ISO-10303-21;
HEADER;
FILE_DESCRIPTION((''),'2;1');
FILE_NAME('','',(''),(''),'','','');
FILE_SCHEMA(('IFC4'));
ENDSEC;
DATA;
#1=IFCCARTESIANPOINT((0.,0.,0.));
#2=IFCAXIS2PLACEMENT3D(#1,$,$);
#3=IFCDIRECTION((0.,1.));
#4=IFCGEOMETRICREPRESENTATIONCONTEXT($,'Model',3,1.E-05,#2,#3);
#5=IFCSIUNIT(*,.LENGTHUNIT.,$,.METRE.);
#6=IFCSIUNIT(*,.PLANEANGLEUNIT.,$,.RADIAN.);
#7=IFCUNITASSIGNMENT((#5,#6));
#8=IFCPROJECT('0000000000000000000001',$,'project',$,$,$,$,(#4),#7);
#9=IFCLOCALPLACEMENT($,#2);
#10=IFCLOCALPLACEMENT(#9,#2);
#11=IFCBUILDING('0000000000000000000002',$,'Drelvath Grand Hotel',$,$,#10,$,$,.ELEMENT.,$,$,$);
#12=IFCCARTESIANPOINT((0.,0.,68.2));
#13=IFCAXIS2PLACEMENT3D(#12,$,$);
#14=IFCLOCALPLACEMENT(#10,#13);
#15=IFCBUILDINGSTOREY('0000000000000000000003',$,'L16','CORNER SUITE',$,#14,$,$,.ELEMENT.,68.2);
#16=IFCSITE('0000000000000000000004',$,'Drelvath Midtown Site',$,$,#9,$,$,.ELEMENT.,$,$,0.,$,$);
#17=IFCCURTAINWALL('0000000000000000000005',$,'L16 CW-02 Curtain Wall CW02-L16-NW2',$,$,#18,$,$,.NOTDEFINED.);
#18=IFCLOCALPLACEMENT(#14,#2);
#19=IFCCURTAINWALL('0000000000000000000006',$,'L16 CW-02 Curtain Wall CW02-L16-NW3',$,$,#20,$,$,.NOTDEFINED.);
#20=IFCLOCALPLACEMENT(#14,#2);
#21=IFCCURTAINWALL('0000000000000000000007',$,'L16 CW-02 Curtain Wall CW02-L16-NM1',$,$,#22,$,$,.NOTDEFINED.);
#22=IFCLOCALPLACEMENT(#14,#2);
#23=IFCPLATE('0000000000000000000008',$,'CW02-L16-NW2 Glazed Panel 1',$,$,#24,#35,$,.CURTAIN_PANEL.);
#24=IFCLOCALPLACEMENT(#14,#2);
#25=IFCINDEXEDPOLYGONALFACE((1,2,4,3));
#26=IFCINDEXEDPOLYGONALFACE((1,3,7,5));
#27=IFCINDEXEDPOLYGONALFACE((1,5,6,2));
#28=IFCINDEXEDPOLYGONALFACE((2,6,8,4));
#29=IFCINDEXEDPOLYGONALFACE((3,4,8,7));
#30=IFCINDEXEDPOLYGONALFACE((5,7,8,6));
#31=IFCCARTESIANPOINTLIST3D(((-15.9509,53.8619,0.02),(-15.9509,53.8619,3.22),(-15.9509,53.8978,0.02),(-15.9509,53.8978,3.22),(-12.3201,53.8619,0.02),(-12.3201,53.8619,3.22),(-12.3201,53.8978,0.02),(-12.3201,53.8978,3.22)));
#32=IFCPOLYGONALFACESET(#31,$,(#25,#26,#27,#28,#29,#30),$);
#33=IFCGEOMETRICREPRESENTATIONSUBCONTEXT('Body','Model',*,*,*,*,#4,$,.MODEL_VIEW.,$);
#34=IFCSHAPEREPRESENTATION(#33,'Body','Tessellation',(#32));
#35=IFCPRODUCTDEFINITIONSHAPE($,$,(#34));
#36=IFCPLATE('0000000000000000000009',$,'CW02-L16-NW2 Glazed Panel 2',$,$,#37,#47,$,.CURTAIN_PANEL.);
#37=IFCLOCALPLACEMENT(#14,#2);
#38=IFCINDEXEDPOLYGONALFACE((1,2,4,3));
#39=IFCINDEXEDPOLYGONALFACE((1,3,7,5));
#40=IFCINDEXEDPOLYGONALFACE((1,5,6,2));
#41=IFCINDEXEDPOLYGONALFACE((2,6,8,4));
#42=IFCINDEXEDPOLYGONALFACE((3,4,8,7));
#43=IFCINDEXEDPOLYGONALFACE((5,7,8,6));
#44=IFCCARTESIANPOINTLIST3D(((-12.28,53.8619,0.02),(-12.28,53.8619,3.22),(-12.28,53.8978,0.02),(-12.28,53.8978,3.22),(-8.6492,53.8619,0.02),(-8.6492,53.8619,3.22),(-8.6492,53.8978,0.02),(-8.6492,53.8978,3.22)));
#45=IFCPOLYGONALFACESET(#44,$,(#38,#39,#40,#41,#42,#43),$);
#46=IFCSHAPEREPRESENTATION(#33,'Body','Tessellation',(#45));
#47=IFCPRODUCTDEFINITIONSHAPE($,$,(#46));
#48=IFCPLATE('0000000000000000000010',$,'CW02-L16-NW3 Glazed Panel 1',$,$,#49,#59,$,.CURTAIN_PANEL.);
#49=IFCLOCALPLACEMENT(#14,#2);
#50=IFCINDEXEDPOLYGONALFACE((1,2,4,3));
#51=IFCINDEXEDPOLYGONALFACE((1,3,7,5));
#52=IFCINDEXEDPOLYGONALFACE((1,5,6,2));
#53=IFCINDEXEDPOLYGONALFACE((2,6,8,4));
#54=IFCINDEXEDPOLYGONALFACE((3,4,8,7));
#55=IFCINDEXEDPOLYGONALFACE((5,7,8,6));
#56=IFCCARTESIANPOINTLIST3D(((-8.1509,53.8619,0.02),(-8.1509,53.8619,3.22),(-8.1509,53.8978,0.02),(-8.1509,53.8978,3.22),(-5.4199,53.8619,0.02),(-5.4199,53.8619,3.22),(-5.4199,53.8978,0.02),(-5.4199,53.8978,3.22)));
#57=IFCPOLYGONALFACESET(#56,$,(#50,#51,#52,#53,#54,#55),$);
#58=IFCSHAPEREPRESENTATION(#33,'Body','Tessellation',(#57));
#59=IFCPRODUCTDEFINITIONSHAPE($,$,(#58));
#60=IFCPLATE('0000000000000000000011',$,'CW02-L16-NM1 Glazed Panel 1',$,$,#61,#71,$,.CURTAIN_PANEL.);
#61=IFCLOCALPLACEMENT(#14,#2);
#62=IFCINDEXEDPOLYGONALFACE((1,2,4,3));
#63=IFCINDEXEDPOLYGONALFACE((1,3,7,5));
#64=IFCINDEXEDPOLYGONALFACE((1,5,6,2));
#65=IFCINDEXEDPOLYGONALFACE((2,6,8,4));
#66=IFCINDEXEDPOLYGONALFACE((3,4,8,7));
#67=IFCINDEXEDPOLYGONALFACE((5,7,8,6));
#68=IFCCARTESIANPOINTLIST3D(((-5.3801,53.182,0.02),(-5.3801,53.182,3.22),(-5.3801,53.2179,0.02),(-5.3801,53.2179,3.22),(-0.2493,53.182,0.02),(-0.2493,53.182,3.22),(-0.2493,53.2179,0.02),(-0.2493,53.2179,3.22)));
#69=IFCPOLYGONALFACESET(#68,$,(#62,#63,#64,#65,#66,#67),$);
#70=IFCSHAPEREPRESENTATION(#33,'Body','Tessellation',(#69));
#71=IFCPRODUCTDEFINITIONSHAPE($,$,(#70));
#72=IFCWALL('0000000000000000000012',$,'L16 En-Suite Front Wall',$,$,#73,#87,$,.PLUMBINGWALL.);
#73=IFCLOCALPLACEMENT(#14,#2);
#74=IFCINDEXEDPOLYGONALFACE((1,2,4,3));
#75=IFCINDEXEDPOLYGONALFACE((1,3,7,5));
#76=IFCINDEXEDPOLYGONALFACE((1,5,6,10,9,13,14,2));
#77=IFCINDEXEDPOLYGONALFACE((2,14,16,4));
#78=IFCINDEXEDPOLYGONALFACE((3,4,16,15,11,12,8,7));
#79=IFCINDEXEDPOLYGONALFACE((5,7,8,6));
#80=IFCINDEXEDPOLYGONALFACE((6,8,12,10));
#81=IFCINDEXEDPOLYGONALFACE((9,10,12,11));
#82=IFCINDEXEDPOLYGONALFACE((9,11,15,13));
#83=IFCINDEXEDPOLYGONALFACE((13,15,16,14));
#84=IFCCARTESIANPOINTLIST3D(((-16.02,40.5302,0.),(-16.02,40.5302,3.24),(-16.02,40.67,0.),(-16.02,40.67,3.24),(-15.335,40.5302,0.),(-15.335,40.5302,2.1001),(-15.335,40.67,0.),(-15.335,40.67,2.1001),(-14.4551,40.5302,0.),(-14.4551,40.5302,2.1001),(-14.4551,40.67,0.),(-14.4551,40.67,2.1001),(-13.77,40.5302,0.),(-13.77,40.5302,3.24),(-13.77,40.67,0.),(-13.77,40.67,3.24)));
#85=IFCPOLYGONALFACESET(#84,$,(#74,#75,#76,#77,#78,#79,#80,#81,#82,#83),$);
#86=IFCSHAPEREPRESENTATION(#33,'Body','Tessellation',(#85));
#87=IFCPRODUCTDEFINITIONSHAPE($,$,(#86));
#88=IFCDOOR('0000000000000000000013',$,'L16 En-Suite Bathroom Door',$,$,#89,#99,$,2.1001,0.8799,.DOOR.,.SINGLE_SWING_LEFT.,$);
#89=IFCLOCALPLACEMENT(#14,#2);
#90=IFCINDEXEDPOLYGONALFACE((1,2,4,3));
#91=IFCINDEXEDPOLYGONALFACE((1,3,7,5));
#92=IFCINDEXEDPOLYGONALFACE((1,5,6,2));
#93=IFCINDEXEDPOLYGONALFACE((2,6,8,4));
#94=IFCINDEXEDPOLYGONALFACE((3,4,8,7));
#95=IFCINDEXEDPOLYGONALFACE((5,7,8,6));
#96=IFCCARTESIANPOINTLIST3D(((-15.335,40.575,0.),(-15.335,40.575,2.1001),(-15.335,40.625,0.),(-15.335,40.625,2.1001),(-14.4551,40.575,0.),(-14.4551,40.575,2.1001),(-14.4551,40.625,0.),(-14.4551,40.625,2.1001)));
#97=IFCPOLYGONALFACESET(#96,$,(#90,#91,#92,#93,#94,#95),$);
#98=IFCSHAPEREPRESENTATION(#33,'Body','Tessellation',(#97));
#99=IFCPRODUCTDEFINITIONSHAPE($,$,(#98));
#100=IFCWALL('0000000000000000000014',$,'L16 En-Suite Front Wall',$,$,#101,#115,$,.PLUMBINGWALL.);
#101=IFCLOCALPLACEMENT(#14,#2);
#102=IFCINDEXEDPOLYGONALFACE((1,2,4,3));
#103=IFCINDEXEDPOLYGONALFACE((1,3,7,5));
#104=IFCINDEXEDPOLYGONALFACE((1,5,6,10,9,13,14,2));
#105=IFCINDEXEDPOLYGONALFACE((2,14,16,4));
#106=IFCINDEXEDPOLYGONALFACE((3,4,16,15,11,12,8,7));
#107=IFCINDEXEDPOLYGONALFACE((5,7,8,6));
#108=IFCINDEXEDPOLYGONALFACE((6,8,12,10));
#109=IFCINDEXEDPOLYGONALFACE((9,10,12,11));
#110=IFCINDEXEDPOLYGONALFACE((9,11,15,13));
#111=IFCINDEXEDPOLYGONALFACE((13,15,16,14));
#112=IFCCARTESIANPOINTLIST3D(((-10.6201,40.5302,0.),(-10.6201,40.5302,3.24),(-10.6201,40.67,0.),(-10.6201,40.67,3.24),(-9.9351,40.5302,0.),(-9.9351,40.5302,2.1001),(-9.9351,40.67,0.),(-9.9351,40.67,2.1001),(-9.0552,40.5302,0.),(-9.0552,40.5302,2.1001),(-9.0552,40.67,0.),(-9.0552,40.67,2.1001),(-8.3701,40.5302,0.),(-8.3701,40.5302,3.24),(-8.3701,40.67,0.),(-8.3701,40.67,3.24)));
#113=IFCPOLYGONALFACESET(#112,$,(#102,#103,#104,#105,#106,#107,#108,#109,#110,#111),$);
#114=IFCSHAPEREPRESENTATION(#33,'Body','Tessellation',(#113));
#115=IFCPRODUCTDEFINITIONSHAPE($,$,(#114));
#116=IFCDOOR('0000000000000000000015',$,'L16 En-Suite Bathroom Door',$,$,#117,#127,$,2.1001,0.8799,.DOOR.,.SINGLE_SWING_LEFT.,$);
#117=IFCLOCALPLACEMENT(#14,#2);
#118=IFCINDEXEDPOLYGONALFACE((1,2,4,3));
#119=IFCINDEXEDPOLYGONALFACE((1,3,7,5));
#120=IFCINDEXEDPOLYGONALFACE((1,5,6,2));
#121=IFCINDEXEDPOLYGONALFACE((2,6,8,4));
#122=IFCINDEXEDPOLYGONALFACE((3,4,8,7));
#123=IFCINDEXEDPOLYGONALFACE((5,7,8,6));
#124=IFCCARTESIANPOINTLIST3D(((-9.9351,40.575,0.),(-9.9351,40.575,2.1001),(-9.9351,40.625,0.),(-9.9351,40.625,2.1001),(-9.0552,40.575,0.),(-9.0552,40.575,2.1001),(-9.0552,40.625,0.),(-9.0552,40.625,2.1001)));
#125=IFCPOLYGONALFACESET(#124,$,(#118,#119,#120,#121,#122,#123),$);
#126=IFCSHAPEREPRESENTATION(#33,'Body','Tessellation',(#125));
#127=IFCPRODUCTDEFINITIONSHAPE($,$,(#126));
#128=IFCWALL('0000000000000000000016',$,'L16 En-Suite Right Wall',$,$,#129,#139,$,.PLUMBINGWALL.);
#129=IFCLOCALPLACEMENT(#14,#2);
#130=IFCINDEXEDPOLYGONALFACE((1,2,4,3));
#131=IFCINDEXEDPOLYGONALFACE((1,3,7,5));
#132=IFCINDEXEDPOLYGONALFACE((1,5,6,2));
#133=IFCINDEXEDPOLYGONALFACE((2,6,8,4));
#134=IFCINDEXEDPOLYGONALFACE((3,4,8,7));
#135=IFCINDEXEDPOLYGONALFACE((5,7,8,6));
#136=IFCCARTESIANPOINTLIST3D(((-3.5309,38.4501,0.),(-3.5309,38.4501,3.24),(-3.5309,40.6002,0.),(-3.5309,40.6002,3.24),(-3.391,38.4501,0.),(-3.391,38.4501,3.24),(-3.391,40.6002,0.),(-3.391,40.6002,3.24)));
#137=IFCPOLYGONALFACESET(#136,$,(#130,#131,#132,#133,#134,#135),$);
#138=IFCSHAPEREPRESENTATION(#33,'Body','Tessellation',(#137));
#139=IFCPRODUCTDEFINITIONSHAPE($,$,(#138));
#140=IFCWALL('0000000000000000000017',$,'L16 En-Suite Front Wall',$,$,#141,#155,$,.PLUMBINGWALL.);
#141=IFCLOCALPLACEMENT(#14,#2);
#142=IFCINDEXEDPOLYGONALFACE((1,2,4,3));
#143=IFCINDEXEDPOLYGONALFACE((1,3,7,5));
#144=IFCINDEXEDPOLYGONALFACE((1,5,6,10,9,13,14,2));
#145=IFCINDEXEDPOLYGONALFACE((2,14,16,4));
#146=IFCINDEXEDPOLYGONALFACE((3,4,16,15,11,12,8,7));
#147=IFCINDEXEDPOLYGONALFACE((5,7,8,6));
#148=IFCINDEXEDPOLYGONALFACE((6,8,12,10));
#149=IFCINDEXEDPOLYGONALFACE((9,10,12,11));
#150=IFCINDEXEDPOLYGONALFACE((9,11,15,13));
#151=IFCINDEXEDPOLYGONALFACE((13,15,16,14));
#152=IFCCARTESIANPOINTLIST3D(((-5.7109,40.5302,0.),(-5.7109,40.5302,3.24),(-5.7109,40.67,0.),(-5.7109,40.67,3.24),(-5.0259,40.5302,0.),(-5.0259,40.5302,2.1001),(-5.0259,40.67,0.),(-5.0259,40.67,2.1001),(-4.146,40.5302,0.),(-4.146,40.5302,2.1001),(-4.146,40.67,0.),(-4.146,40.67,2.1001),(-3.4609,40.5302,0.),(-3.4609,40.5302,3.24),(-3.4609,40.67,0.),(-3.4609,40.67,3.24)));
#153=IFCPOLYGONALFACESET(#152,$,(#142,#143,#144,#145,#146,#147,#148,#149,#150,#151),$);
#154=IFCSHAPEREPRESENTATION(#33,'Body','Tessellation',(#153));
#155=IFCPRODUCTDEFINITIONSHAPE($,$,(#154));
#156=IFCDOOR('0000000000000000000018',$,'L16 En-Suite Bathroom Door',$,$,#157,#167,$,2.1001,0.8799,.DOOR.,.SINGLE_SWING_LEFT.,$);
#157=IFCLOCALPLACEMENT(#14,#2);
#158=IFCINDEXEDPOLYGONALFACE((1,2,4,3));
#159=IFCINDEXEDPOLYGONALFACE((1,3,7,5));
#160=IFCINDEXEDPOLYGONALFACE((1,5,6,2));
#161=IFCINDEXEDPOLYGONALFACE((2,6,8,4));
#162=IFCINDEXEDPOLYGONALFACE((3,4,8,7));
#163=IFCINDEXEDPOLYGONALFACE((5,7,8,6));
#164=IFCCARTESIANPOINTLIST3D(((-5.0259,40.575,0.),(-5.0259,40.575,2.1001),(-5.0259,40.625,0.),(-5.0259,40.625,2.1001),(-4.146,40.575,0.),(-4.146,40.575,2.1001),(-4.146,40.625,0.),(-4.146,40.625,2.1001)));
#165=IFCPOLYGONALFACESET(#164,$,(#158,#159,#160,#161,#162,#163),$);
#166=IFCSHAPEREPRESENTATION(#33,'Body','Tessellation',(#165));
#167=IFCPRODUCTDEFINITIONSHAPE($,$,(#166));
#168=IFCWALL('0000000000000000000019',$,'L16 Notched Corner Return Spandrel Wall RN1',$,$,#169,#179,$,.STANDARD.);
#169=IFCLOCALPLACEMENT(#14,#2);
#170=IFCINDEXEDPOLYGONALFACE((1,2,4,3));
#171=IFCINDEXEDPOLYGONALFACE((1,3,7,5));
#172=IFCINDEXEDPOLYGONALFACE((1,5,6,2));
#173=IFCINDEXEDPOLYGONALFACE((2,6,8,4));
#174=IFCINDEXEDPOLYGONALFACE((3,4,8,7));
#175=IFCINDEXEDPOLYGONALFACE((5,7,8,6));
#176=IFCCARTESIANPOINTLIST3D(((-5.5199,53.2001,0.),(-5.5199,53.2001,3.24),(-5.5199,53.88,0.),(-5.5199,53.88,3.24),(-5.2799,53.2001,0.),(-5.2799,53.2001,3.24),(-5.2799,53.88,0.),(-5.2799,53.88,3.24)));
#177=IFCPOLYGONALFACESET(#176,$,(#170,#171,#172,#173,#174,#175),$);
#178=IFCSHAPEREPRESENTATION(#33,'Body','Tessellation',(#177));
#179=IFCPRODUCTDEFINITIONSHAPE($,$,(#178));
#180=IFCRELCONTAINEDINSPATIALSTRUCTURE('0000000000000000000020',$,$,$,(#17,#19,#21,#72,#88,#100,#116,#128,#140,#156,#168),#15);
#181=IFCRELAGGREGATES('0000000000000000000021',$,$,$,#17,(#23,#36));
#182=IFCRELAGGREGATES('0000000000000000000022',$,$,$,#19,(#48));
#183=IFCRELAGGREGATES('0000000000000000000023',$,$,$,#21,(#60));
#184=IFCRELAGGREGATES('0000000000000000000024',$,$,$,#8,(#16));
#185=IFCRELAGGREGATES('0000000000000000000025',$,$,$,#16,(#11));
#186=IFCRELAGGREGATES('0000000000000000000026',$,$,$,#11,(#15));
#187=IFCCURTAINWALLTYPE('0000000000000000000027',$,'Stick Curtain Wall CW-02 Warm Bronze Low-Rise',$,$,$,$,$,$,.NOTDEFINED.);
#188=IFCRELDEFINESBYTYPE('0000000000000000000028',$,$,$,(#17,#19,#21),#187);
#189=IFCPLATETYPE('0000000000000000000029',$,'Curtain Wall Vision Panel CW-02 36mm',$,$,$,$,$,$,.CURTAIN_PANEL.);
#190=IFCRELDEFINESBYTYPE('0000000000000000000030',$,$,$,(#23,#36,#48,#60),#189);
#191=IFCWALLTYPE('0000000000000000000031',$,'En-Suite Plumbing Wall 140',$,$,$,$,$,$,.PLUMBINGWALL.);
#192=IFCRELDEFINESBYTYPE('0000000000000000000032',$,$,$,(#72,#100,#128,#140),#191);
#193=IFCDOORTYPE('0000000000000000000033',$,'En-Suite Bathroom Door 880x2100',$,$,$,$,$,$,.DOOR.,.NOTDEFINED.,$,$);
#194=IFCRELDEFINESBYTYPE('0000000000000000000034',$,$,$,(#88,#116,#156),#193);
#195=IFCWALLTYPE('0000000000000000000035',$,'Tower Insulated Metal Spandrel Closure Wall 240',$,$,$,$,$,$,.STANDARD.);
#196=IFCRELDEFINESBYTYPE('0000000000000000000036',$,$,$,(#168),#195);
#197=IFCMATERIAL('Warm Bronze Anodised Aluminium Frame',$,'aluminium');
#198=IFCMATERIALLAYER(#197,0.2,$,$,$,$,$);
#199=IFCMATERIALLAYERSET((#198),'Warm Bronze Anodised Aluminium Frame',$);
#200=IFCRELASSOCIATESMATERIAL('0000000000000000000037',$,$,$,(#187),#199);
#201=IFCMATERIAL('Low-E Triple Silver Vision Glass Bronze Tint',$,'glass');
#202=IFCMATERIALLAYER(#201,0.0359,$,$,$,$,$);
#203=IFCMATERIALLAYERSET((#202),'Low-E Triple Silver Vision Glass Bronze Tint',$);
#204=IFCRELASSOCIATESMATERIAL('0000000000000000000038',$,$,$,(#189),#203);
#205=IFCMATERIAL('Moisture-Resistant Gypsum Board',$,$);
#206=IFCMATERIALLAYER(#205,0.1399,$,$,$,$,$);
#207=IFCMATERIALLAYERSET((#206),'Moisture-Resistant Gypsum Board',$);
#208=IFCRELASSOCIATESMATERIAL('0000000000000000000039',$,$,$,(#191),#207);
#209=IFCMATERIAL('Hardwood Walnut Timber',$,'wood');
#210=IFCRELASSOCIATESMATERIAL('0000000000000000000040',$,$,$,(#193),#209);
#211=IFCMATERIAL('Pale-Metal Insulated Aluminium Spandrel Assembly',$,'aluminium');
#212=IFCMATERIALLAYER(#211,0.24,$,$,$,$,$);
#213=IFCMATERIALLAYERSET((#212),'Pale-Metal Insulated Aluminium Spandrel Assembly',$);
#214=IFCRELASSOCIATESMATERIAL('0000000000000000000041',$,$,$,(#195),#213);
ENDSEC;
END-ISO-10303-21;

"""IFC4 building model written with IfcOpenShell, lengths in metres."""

from ifc_helpers import new_model, si_unit, direction, frame, frame_2d, origin, origin_2d, place, context, subcontext, project, spatial, rectangle, extrude, material, layer, layer_set, type_object, element, fill, aggregate, save


model = new_model("IFC4")

# Units and contexts
model_context = context("Model", 3, precision=1e-05, world=origin(), true_north=direction((0.0, 1.0)))
body_context = subcontext(model_context, "Body", "Model", "MODEL_VIEW")
ifc_project = project(units=[si_unit("LENGTHUNIT", "METRE"), si_unit("PLANEANGLEUNIT", "RADIAN")], contexts=[model_context])

# Site, building, storey
site_placement = place(None, origin())
site = spatial("IfcSite", under=ifc_project, at=site_placement, Name="Drelvath Midtown Site", CompositionType="ELEMENT", RefElevation=0.0)
building_placement = place(site_placement, origin())
building = spatial("IfcBuilding", under=site, at=building_placement, Name="Drelvath Grand Hotel", CompositionType="ELEMENT")
storey_placement = place(building_placement, frame((0.0, 0.0, 68.2)))
storey = spatial("IfcBuildingStorey", under=building, at=storey_placement, Name="L16", Description="CORNER SUITE", CompositionType="ELEMENT", Elevation=68.2)

# Curtain walls
ifc_material_1 = material(Name="Warm Bronze Anodised Aluminium Frame", Category="aluminium")
ifc_layer_1 = layer(ifc_material_1, 0.2)
ifc_layer_set_1 = layer_set([ifc_layer_1], Name="Warm Bronze Anodised Aluminium Frame")
curtain_wall_type = type_object("IfcCurtainWallType", Name="Stick Curtain Wall CW-02 Warm Bronze Low-Rise", PredefinedType="NOTDEFINED", material=ifc_layer_set_1)
curtain_wall_1_placement = place(storey_placement, origin())
curtain_wall_1 = element("IfcCurtainWall", 1, at=curtain_wall_1_placement, inside=storey, type_object=curtain_wall_type, Name="L16 CW-02 Curtain Wall CW02-L16-NW2", PredefinedType="NOTDEFINED")
curtain_wall_2_placement = place(storey_placement, origin())
curtain_wall_2 = element("IfcCurtainWall", 2, at=curtain_wall_2_placement, inside=storey, type_object=curtain_wall_type, Name="L16 CW-02 Curtain Wall CW02-L16-NW3", PredefinedType="NOTDEFINED")
curtain_wall_3_placement = place(storey_placement, origin())
curtain_wall_3 = element("IfcCurtainWall", 3, at=curtain_wall_3_placement, inside=storey, type_object=curtain_wall_type, Name="L16 CW-02 Curtain Wall CW02-L16-NM1", PredefinedType="NOTDEFINED")

# Plates
ifc_material_2 = material(Name="Low-E Triple Silver Vision Glass Bronze Tint", Category="glass")
ifc_layer_2 = layer(ifc_material_2, 0.0359)
ifc_layer_set_2 = layer_set([ifc_layer_2], Name="Low-E Triple Silver Vision Glass Bronze Tint")
plate_type = type_object("IfcPlateType", Name="Curtain Wall Vision Panel CW-02 36mm", PredefinedType="CURTAIN_PANEL", material=ifc_layer_set_2)
plate_1_placement = place(storey_placement, frame((-14.1355, 53.8799, 0.02), z_axis=(0.0, 0.0, 1.0), x_axis=(1.0, 0.0, 0.0)))
plate_1 = element("IfcPlate", 4, at=plate_1_placement, type_object=plate_type, Name="CW02-L16-NW2 Glazed Panel 1", PredefinedType="CURTAIN_PANEL", context=body_context, shape_type="SweptSolid", body=[
    extrude(rectangle(XDim=3.6309, YDim=0.0359, at=origin_2d()), origin(), (0.0, 0.0, 1.0), 3.2),
])
plate_2_placement = place(storey_placement, frame((-10.4646, 53.8799, 0.02), z_axis=(0.0, 0.0, 1.0), x_axis=(1.0, 0.0, 0.0)))
plate_2 = element("IfcPlate", 5, at=plate_2_placement, type_object=plate_type, Name="CW02-L16-NW2 Glazed Panel 2", PredefinedType="CURTAIN_PANEL", context=body_context, shape_type="SweptSolid", body=[
    extrude(rectangle(XDim=3.6309, YDim=0.0359, at=origin_2d()), origin(), (0.0, 0.0, 1.0), 3.2),
])
aggregate(curtain_wall_1, [plate_1, plate_2])
plate_3_placement = place(storey_placement, frame((-6.7854, 53.8799, 0.02), z_axis=(0.0, 0.0, 1.0), x_axis=(1.0, 0.0, 0.0)))
plate_3 = element("IfcPlate", 6, at=plate_3_placement, type_object=plate_type, Name="CW02-L16-NW3 Glazed Panel 1", PredefinedType="CURTAIN_PANEL", context=body_context, shape_type="SweptSolid", body=[
    extrude(rectangle(XDim=2.731, YDim=0.0359, at=origin_2d()), origin(), (0.0, 0.0, 1.0), 3.2),
])
aggregate(curtain_wall_2, [plate_3])
plate_4_placement = place(storey_placement, frame((-2.8147, 53.2, 0.02), z_axis=(0.0, 0.0, 1.0), x_axis=(1.0, 0.0, 0.0)))
plate_4 = element("IfcPlate", 7, at=plate_4_placement, type_object=plate_type, Name="CW02-L16-NM1 Glazed Panel 1", PredefinedType="CURTAIN_PANEL", context=body_context, shape_type="SweptSolid", body=[
    extrude(rectangle(XDim=5.1309, YDim=0.0359, at=origin_2d()), origin(), (0.0, 0.0, 1.0), 3.2),
])
aggregate(curtain_wall_3, [plate_4])

# Walls, openings, doors
ifc_material_3 = material(Name="Moisture-Resistant Gypsum Board")
ifc_layer_3 = layer(ifc_material_3, 0.1399)
ifc_layer_set_3 = layer_set([ifc_layer_3], Name="Moisture-Resistant Gypsum Board")
wall_type_1 = type_object("IfcWallType", Name="En-Suite Plumbing Wall 140", PredefinedType="PLUMBINGWALL", material=ifc_layer_set_3)
wall_1_placement = place(storey_placement, frame((-16.02, 40.6001, 0.0), z_axis=(0.0, 0.0, 1.0), x_axis=(1.0, 0.0, 0.0)))
wall_1 = element("IfcWall", 8, at=wall_1_placement, inside=storey, type_object=wall_type_1, Name="L16 En-Suite Front Wall", PredefinedType="PLUMBINGWALL", context=body_context, shape_type="SweptSolid", body=[
    extrude(rectangle(XDim=2.25, YDim=0.1399, at=frame_2d((1.125, 0.0))), origin(), (0.0, 0.0, 1.0), 3.24),
])
opening_1_placement = place(wall_1_placement, frame((0.6851, 0.0, 0.0)))
opening_1 = element("IfcOpeningElement", 9, at=opening_1_placement, cuts=wall_1, PredefinedType="OPENING", context=body_context, shape_type="SweptSolid", body=[
    extrude(rectangle(XDim=0.8799, YDim=2.1001, at=frame_2d((0.4399, 1.05))), frame((0.0, 0.0798, 0.0), z_axis=(0.0, -1.0, 0.0), x_axis=(1.0, 0.0, 0.0)), (0.0, 0.0, 1.0), 0.1599),
])
ifc_material_4 = material(Name="Hardwood Walnut Timber", Category="wood")
door_type = type_object("IfcDoorType", Name="En-Suite Bathroom Door 880x2100", OperationType="NOTDEFINED", PredefinedType="DOOR", material=ifc_material_4)
door_1_placement = place(opening_1_placement, origin())
door_1 = element("IfcDoor", 10, at=door_1_placement, inside=storey, type_object=door_type, Name="L16 En-Suite Bathroom Door", OperationType="SINGLE_SWING_LEFT", OverallHeight=2.1001, OverallWidth=0.8799, PredefinedType="DOOR", context=body_context, shape_type="SweptSolid", body=[
    extrude(rectangle(XDim=0.8799, YDim=2.1001, at=frame_2d((0.4399, 1.05))), frame((0.0, 0.0249, 0.0), z_axis=(0.0, -1.0, 0.0), x_axis=(1.0, 0.0, 0.0)), (0.0, 0.0, 1.0), 0.05),
])
fill(opening_1, door_1)
wall_2_placement = place(storey_placement, frame((-10.6201, 40.6001, 0.0), z_axis=(0.0, 0.0, 1.0), x_axis=(1.0, 0.0, 0.0)))
wall_2 = element("IfcWall", 11, at=wall_2_placement, inside=storey, type_object=wall_type_1, Name="L16 En-Suite Front Wall", PredefinedType="PLUMBINGWALL", context=body_context, shape_type="SweptSolid", body=[
    extrude(rectangle(XDim=2.25, YDim=0.1399, at=frame_2d((1.125, 0.0))), origin(), (0.0, 0.0, 1.0), 3.24),
])
opening_2_placement = place(wall_2_placement, frame((0.6851, 0.0, 0.0)))
opening_2 = element("IfcOpeningElement", 12, at=opening_2_placement, cuts=wall_2, PredefinedType="OPENING", context=body_context, shape_type="SweptSolid", body=[
    extrude(rectangle(XDim=0.8799, YDim=2.1001, at=frame_2d((0.4399, 1.05))), frame((0.0, 0.0798, 0.0), z_axis=(0.0, -1.0, 0.0), x_axis=(1.0, 0.0, 0.0)), (0.0, 0.0, 1.0), 0.1599),
])
door_2_placement = place(opening_2_placement, origin())
door_2 = element("IfcDoor", 13, at=door_2_placement, inside=storey, type_object=door_type, Name="L16 En-Suite Bathroom Door", OperationType="SINGLE_SWING_LEFT", OverallHeight=2.1001, OverallWidth=0.8799, PredefinedType="DOOR", context=body_context, shape_type="SweptSolid", body=[
    extrude(rectangle(XDim=0.8799, YDim=2.1001, at=frame_2d((0.4399, 1.05))), frame((0.0, 0.0249, 0.0), z_axis=(0.0, -1.0, 0.0), x_axis=(1.0, 0.0, 0.0)), (0.0, 0.0, 1.0), 0.05),
])
fill(opening_2, door_2)

# Wall
wall_3_placement = place(storey_placement, frame((-3.4609, 38.45, 0.0), z_axis=(0.0, 0.0, 1.0), x_axis=(0.0, 1.0, 0.0)))
element("IfcWall", 14, at=wall_3_placement, inside=storey, type_object=wall_type_1, Name="L16 En-Suite Right Wall", PredefinedType="PLUMBINGWALL", context=body_context, shape_type="SweptSolid", body=[
    extrude(rectangle(XDim=2.1501, YDim=0.1399, at=frame_2d((1.0752, 0.0))), origin(), (0.0, 0.0, 1.0), 3.24),
])

# Wall, opening, door
wall_4_placement = place(storey_placement, frame((-5.7109, 40.6001, 0.0), z_axis=(0.0, 0.0, 1.0), x_axis=(1.0, 0.0, 0.0)))
wall_4 = element("IfcWall", 15, at=wall_4_placement, inside=storey, type_object=wall_type_1, Name="L16 En-Suite Front Wall", PredefinedType="PLUMBINGWALL", context=body_context, shape_type="SweptSolid", body=[
    extrude(rectangle(XDim=2.25, YDim=0.1399, at=frame_2d((1.125, 0.0))), origin(), (0.0, 0.0, 1.0), 3.24),
])
opening_3_placement = place(wall_4_placement, frame((0.6851, 0.0, 0.0)))
opening_3 = element("IfcOpeningElement", 16, at=opening_3_placement, cuts=wall_4, PredefinedType="OPENING", context=body_context, shape_type="SweptSolid", body=[
    extrude(rectangle(XDim=0.8799, YDim=2.1001, at=frame_2d((0.4399, 1.05))), frame((0.0, 0.0798, 0.0), z_axis=(0.0, -1.0, 0.0), x_axis=(1.0, 0.0, 0.0)), (0.0, 0.0, 1.0), 0.1599),
])
door_3_placement = place(opening_3_placement, origin())
door_3 = element("IfcDoor", 17, at=door_3_placement, inside=storey, type_object=door_type, Name="L16 En-Suite Bathroom Door", OperationType="SINGLE_SWING_LEFT", OverallHeight=2.1001, OverallWidth=0.8799, PredefinedType="DOOR", context=body_context, shape_type="SweptSolid", body=[
    extrude(rectangle(XDim=0.8799, YDim=2.1001, at=frame_2d((0.4399, 1.05))), frame((0.0, 0.0249, 0.0), z_axis=(0.0, -1.0, 0.0), x_axis=(1.0, 0.0, 0.0)), (0.0, 0.0, 1.0), 0.05),
])
fill(opening_3, door_3)

# Wall
ifc_material_5 = material(Name="Pale-Metal Insulated Aluminium Spandrel Assembly", Category="aluminium")
ifc_layer_4 = layer(ifc_material_5, 0.24)
ifc_layer_set_4 = layer_set([ifc_layer_4], Name="Pale-Metal Insulated Aluminium Spandrel Assembly")
wall_type_2 = type_object("IfcWallType", Name="Tower Insulated Metal Spandrel Closure Wall 240", PredefinedType="STANDARD", material=ifc_layer_set_4)
wall_5_placement = place(storey_placement, frame((-5.3999, 53.8799, 0.0), z_axis=(0.0, 0.0, 1.0), x_axis=(0.0, -1.0, 0.0)))
element("IfcWall", 18, at=wall_5_placement, inside=storey, type_object=wall_type_2, Name="L16 Notched Corner Return Spandrel Wall RN1", PredefinedType="STANDARD", context=body_context, shape_type="SweptSolid", body=[
    extrude(rectangle(XDim=0.6799, YDim=0.24, at=frame_2d((0.3398, 0.0))), origin(), (0.0, 0.0, 1.0), 3.24),
])

save(model, "model.ifc")
